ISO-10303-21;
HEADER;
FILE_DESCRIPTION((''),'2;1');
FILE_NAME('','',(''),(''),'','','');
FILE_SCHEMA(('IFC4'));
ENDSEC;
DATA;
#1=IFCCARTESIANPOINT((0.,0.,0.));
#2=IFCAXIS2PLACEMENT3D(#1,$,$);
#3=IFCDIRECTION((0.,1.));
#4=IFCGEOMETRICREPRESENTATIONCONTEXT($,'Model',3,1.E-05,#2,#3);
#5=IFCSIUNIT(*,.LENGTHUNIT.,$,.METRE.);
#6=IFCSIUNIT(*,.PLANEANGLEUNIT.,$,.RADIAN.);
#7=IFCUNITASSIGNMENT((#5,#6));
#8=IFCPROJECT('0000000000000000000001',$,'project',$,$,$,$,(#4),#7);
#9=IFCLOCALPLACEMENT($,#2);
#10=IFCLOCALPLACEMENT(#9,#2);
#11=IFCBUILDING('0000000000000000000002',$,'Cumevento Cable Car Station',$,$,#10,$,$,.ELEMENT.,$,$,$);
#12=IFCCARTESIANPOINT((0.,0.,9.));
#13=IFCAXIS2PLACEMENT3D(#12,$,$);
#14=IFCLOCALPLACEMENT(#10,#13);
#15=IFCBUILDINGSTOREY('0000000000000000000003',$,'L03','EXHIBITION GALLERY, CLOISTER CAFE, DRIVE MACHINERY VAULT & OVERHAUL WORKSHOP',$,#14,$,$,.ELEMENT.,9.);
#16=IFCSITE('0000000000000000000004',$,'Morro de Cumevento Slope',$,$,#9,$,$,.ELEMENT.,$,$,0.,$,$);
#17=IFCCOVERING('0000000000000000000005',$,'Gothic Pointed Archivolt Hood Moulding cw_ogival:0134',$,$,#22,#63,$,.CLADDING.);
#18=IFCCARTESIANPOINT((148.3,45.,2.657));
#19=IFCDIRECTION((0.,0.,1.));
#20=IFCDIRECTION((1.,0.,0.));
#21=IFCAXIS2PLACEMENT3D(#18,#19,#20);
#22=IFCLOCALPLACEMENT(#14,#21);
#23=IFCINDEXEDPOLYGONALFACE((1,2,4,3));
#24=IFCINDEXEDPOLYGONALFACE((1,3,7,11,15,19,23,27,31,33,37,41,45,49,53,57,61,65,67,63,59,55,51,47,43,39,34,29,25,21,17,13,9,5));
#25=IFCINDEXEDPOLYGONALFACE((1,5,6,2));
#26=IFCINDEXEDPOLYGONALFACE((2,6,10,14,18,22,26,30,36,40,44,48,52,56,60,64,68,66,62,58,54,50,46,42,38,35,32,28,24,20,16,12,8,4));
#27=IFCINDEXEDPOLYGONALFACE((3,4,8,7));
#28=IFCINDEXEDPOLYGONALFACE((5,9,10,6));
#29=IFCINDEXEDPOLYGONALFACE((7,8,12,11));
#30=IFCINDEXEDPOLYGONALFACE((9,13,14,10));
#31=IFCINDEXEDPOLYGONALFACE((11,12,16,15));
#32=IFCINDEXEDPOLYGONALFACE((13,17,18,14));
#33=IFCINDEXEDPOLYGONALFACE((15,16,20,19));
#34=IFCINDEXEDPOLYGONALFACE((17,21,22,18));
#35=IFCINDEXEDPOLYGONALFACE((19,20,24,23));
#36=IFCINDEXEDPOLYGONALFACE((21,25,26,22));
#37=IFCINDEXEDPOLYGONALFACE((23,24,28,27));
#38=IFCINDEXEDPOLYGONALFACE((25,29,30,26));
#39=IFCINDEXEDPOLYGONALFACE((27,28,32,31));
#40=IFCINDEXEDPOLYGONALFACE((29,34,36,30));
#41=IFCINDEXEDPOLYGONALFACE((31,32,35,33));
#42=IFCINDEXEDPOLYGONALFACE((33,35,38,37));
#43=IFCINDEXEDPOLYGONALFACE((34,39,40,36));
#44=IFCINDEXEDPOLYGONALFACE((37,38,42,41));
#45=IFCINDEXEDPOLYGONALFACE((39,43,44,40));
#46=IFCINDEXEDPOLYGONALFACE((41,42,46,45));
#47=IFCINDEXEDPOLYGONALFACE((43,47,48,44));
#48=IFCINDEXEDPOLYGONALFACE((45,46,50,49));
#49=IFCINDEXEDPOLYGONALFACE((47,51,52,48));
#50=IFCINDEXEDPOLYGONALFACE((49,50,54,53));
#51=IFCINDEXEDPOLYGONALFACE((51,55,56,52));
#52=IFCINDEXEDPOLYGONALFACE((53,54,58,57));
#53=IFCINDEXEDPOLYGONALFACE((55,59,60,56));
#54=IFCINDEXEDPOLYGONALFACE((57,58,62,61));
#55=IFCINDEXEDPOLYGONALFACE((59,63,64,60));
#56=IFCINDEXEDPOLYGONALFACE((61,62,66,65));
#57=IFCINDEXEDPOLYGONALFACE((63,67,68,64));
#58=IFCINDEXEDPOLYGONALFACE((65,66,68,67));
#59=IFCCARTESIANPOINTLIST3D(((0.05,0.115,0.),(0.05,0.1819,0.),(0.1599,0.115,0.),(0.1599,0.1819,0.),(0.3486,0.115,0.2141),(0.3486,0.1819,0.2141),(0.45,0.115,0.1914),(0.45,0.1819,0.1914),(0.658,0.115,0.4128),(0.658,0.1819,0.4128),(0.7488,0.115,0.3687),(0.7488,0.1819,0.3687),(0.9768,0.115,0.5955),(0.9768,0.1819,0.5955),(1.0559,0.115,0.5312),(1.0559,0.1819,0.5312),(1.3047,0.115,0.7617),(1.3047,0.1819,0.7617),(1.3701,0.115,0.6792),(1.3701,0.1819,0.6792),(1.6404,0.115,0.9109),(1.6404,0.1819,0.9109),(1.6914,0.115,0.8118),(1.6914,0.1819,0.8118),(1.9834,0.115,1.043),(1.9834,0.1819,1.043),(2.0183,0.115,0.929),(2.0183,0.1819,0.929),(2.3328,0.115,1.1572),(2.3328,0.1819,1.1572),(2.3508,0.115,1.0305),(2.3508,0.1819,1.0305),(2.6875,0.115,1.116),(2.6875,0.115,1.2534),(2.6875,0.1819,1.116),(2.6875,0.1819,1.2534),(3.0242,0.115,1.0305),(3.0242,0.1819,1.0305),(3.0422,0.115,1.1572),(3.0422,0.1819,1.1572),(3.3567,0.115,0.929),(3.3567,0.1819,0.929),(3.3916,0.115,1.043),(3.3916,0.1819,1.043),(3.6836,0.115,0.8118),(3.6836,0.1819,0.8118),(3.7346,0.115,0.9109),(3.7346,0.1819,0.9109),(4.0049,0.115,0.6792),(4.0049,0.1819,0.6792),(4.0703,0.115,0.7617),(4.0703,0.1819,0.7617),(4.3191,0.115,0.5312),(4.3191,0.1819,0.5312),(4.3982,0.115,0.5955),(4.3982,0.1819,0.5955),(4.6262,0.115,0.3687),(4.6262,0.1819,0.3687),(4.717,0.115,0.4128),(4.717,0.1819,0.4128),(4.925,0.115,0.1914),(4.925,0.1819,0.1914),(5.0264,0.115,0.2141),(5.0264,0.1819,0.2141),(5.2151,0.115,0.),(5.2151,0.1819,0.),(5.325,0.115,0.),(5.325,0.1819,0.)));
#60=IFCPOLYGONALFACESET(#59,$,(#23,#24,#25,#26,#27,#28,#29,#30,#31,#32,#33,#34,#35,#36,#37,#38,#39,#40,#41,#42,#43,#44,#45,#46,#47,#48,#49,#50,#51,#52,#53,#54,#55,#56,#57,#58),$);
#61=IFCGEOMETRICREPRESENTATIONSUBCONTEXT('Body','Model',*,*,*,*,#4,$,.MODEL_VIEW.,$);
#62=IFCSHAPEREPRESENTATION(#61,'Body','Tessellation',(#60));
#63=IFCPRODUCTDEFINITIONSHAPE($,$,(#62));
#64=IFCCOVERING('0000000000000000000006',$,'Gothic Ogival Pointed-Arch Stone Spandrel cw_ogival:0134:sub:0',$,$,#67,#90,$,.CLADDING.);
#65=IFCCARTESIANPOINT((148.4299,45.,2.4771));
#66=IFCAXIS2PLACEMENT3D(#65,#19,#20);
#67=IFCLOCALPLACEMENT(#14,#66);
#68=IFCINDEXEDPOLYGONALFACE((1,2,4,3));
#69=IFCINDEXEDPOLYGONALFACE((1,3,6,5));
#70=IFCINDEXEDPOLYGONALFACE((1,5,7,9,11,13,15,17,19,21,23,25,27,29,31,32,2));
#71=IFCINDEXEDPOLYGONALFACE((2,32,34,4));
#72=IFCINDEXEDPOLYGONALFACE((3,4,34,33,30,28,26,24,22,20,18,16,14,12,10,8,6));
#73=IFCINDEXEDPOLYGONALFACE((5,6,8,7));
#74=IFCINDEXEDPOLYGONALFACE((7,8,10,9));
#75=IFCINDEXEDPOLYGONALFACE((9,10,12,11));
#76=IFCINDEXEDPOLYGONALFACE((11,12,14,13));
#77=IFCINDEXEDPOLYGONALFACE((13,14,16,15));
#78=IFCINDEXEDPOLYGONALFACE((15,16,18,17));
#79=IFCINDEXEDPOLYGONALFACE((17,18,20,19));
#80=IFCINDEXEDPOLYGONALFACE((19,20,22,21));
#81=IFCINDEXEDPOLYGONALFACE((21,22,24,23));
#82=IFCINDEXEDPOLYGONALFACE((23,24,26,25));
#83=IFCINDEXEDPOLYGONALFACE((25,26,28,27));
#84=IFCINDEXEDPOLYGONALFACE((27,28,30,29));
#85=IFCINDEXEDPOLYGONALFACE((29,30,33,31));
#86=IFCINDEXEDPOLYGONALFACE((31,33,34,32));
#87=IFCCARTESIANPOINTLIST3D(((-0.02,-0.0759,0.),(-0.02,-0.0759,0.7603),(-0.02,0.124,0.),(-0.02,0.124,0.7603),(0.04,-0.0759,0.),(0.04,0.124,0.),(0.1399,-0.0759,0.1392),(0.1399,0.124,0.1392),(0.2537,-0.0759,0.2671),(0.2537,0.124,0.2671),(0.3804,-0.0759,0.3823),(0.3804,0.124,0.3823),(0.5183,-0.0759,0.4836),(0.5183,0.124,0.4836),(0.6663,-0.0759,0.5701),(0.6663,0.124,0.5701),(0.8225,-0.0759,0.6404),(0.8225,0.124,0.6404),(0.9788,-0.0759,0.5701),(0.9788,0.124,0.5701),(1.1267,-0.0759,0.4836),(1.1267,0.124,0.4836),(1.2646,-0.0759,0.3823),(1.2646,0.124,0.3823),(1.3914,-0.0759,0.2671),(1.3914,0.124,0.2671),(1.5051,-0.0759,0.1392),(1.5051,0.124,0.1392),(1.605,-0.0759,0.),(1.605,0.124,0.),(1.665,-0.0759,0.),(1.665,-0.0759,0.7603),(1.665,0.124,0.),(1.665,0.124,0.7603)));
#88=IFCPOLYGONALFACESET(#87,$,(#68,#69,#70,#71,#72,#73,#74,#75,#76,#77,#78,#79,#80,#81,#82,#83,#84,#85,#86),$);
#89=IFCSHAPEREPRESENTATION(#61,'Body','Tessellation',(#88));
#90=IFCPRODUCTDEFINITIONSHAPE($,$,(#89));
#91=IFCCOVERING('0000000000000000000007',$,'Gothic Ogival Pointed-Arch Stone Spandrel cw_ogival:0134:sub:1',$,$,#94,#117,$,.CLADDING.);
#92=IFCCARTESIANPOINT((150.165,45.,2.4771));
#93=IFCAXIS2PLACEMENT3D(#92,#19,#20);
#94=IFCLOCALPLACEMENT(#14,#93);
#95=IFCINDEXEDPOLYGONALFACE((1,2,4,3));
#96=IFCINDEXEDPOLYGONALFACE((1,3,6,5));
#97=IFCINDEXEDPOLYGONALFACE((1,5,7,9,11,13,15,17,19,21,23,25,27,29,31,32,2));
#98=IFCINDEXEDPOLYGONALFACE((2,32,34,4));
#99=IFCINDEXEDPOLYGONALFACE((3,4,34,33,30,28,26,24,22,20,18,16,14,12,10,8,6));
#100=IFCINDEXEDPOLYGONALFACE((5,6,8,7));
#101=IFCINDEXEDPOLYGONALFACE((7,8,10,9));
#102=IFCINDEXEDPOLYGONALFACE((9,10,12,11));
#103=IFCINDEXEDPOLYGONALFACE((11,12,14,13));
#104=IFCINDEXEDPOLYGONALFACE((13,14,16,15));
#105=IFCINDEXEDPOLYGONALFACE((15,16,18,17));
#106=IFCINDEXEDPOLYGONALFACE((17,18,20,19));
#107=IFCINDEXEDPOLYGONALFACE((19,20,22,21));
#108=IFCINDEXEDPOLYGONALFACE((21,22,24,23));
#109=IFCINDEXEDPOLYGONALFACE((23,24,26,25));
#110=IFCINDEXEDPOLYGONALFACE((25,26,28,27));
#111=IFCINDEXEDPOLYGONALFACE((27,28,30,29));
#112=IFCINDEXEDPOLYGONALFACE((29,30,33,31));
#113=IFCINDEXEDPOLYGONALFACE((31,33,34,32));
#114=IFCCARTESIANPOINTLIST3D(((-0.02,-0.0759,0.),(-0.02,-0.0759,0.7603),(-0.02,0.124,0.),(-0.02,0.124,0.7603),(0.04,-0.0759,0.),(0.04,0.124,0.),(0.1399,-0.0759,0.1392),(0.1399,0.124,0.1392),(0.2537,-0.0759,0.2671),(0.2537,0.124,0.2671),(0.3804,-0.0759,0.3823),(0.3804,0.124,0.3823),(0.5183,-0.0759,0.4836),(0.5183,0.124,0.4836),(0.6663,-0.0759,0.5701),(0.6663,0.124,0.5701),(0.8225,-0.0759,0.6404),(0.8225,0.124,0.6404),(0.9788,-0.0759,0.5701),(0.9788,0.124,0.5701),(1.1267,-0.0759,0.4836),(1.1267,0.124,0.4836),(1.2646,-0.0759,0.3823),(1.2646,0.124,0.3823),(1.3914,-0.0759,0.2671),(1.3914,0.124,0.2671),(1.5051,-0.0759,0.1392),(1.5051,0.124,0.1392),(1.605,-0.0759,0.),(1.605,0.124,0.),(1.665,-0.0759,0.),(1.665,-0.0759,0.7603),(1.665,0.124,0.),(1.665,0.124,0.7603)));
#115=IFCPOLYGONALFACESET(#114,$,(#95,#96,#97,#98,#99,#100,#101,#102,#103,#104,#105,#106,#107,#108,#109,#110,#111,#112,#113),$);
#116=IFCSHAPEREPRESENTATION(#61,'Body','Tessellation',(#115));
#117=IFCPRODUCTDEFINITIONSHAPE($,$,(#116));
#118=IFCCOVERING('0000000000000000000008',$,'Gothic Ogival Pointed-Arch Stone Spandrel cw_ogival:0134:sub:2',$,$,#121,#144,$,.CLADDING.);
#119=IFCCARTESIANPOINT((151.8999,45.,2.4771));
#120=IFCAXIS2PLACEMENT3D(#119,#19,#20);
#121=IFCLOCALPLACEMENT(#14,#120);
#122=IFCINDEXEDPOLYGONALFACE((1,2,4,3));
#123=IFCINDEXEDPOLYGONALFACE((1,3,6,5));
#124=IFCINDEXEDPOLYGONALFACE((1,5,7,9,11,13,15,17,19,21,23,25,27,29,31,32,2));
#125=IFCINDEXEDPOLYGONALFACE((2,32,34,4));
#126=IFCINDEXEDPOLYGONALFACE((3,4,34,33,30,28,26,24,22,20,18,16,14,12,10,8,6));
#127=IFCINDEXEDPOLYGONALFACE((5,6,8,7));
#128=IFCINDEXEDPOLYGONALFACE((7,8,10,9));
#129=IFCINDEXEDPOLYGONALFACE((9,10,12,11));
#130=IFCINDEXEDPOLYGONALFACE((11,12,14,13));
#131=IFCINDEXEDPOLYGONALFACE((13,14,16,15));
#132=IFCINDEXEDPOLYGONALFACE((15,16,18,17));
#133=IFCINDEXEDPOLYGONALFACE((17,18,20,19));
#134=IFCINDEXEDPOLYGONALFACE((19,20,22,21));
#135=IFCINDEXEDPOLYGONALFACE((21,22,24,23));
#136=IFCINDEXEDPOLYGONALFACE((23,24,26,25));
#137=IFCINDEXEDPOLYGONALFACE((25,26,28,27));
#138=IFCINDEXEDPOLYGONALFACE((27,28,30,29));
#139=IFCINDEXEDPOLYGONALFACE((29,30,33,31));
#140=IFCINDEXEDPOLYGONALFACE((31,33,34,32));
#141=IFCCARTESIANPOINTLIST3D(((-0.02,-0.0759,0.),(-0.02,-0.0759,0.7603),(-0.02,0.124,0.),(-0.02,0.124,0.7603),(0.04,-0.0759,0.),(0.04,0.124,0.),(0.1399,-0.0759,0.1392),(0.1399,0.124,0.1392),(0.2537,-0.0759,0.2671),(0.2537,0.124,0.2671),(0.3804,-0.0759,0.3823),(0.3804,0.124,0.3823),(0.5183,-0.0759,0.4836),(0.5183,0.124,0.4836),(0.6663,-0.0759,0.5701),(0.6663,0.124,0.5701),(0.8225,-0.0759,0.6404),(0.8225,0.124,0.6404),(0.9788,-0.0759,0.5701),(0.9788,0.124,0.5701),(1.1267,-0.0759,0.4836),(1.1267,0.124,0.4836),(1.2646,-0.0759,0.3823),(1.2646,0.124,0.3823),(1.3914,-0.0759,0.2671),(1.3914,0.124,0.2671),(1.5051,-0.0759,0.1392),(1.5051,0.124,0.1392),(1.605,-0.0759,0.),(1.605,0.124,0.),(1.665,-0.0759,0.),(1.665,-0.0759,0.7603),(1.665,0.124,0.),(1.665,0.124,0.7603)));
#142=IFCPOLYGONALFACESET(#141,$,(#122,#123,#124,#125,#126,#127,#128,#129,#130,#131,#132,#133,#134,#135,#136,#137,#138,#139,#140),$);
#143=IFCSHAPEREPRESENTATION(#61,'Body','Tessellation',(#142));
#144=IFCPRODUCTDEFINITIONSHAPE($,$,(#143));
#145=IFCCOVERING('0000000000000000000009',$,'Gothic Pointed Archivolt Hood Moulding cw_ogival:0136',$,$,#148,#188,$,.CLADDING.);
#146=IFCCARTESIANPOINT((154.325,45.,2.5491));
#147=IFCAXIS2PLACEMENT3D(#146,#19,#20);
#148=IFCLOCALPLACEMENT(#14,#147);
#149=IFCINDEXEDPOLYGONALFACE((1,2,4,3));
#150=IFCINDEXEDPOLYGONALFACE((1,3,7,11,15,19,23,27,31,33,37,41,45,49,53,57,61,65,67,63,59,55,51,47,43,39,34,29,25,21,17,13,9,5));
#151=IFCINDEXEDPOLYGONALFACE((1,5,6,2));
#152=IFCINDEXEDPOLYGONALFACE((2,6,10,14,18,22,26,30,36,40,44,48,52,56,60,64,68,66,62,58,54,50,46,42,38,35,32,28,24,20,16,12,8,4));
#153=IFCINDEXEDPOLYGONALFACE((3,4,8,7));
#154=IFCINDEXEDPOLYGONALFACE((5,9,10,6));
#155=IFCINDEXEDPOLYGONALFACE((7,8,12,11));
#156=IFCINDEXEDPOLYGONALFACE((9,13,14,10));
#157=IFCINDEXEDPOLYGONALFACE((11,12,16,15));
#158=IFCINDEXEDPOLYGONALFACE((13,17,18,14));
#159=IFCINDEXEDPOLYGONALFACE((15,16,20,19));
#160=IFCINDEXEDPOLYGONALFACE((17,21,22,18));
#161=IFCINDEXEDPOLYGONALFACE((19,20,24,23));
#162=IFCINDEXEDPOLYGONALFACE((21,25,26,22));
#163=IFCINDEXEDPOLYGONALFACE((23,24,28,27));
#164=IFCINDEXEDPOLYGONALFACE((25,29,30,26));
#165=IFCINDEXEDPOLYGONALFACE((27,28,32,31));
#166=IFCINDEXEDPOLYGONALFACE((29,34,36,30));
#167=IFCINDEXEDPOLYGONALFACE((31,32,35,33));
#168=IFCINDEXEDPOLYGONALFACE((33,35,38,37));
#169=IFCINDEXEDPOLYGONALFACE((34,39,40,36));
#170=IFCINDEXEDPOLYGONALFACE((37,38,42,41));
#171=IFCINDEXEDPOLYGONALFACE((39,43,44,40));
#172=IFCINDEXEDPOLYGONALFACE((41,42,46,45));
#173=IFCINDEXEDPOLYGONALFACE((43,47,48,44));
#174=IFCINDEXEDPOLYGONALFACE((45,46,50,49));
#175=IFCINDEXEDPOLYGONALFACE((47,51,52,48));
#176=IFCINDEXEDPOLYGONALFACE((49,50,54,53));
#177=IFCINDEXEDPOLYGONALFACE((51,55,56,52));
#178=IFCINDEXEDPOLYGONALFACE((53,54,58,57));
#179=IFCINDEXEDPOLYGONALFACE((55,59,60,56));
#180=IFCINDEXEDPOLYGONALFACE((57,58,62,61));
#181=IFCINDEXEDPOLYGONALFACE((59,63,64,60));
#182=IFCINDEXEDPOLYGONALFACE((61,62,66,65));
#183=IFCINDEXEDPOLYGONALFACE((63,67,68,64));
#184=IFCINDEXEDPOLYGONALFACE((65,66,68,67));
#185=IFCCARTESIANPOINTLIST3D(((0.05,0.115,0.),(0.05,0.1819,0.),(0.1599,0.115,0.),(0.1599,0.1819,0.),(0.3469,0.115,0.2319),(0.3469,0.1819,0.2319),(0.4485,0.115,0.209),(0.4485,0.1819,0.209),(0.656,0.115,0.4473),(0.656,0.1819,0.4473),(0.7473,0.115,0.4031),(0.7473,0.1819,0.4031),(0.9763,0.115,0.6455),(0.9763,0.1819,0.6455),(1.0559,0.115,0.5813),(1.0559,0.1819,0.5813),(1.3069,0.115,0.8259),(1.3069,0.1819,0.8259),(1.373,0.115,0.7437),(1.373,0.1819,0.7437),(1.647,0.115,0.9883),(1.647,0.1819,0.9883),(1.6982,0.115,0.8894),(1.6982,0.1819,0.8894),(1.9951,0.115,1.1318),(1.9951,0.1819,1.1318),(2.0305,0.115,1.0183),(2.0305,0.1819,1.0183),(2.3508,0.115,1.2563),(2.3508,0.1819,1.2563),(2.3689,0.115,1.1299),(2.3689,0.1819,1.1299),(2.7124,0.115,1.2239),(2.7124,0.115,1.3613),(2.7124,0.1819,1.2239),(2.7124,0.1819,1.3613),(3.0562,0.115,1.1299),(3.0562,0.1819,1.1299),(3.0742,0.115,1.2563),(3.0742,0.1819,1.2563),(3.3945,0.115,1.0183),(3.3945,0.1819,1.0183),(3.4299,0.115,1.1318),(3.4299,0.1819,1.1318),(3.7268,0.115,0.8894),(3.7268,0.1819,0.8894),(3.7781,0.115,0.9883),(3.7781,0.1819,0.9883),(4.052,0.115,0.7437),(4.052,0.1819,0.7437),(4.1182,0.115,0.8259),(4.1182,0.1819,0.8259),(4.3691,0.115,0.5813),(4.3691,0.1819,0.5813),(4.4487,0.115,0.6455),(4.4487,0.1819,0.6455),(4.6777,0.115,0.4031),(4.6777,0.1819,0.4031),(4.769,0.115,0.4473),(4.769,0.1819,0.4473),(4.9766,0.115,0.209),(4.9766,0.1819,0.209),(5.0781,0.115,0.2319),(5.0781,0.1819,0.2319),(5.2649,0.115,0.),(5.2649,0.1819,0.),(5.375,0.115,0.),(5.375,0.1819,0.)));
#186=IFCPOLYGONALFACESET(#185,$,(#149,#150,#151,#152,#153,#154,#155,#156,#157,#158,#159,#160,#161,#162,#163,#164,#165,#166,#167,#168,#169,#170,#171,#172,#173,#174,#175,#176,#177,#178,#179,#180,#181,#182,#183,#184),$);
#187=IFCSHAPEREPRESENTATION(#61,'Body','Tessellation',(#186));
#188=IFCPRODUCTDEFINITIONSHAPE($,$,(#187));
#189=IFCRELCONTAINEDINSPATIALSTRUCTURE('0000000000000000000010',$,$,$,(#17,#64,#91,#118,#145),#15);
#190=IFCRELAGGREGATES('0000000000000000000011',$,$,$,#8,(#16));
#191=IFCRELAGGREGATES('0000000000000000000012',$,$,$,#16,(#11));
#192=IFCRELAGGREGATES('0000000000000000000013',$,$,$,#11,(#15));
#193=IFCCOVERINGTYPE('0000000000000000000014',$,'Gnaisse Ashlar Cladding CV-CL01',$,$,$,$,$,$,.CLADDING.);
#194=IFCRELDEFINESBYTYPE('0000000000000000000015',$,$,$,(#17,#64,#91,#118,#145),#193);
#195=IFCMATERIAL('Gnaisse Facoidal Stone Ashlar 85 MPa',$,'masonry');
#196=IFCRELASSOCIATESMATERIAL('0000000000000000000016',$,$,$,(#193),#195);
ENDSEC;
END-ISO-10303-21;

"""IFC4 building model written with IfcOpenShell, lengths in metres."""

from ifc_helpers import new_model, si_unit, direction, frame, origin, place, context, subcontext, project, spatial, polyline, outline, extrude, material, type_object, element, save


model = new_model("IFC4")

# Units and contexts
model_context = context("Model", 3, precision=1e-05, world=origin(), true_north=direction((0.0, 1.0)))
body_context = subcontext(model_context, "Body", "Model", "MODEL_VIEW")
ifc_project = project(units=[si_unit("LENGTHUNIT", "METRE"), si_unit("PLANEANGLEUNIT", "RADIAN")], contexts=[model_context])

# Site, building, storey
site_placement = place(None, origin())
site = spatial("IfcSite", under=ifc_project, at=site_placement, Name="Morro de Cumevento Slope", CompositionType="ELEMENT", RefElevation=0.0)
building_placement = place(site_placement, origin())
building = spatial("IfcBuilding", under=site, at=building_placement, Name="Cumevento Cable Car Station", CompositionType="ELEMENT")
storey_placement = place(building_placement, frame((0.0, 0.0, 9.0)))
storey = spatial("IfcBuildingStorey", under=building, at=storey_placement, Name="L03", Description="EXHIBITION GALLERY, CLOISTER CAFE, DRIVE MACHINERY VAULT & OVERHAUL WORKSHOP", CompositionType="ELEMENT", Elevation=9.0)

# Coverings
ifc_material_1 = material(Name="Gnaisse Facoidal Stone Ashlar 85 MPa", Category="masonry")
covering_type = type_object("IfcCoveringType", Name="Gnaisse Ashlar Cladding CV-CL01", PredefinedType="CLADDING", material=ifc_material_1)
covering_1_placement = place(storey_placement, frame((148.3, 45.0, 2.657), z_axis=(0.0, 0.0, 1.0), x_axis=(1.0, 0.0, 0.0)))
element("IfcCovering", 1, at=covering_1_placement, inside=storey, type_object=covering_type, Name="Gothic Pointed Archivolt Hood Moulding cw_ogival:0134", PredefinedType="CLADDING", context=body_context, shape_type="SweptSolid", body=[
    extrude(outline(polyline([(0.1599, 0.0), (0.45, 0.1914), (0.7488, 0.3687), (1.0559, 0.5312), (1.3701, 0.6792), (1.6914, 0.8118), (2.0183, 0.929), (2.3508, 1.0305), (2.6875, 1.116), (3.0242, 1.0305), (3.3567, 0.929), (3.6836, 0.8118), (4.0049, 0.6792), (4.3191, 0.5312), (4.6262, 0.3687), (4.925, 0.1914), (5.2151, 0.0), (5.325, 0.0), (5.0264, 0.2141), (4.717, 0.4128), (4.3982, 0.5955), (4.0703, 0.7617), (3.7346, 0.9109), (3.3916, 1.043), (3.0422, 1.1572), (2.6875, 1.2534), (2.3328, 1.1572), (1.9834, 1.043), (1.6404, 0.9109), (1.3047, 0.7617), (0.9768, 0.5955), (0.658, 0.4128), (0.3486, 0.2141), (0.05, 0.0), (0.1599, 0.0)])), frame((0.0, 0.1819, 0.0), z_axis=(0.0, -1.0, 0.0), x_axis=(1.0, 0.0, 0.0)), (0.0, 0.0, 1.0), 0.0669),
])
for number, where, z_axis, x_axis, name in (
    (2, (148.4299, 45.0, 2.4771), (0.0, 0.0, 1.0), (1.0, 0.0, 0.0), "Gothic Ogival Pointed-Arch Stone Spandrel cw_ogival:0134:sub:0"),
    (3, (150.165, 45.0, 2.4771), (0.0, 0.0, 1.0), (1.0, 0.0, 0.0), "Gothic Ogival Pointed-Arch Stone Spandrel cw_ogival:0134:sub:1"),
    (4, (151.8999, 45.0, 2.4771), (0.0, 0.0, 1.0), (1.0, 0.0, 0.0), "Gothic Ogival Pointed-Arch Stone Spandrel cw_ogival:0134:sub:2"),
):
    element("IfcCovering", number, at=place(storey_placement, frame(where, z_axis=z_axis, x_axis=x_axis)), inside=storey, type_object=covering_type, Name=name, PredefinedType="CLADDING", context=body_context, shape_type="SweptSolid", body=[
        extrude(outline(polyline([(-0.02, 0.0), (-0.02, 0.7603), (1.665, 0.7603), (1.665, 0.0), (1.605, 0.0), (1.5051, 0.1392), (1.3914, 0.2671), (1.2646, 0.3823), (1.1267, 0.4836), (0.9788, 0.5701), (0.8225, 0.6404), (0.6663, 0.5701), (0.5183, 0.4836), (0.3804, 0.3823), (0.2537, 0.2671), (0.1399, 0.1392), (0.04, 0.0), (-0.02, 0.0)])), frame((0.0, 0.124, 0.0), z_axis=(0.0, -1.0, 0.0), x_axis=(1.0, 0.0, 0.0)), (0.0, 0.0, 1.0), 0.2),
    ])
covering_2_placement = place(storey_placement, frame((154.325, 45.0, 2.5491), z_axis=(0.0, 0.0, 1.0), x_axis=(1.0, 0.0, 0.0)))
element("IfcCovering", 5, at=covering_2_placement, inside=storey, type_object=covering_type, Name="Gothic Pointed Archivolt Hood Moulding cw_ogival:0136", PredefinedType="CLADDING", context=body_context, shape_type="SweptSolid", body=[
    extrude(outline(polyline([(0.1599, 0.0), (0.4485, 0.209), (0.7473, 0.4031), (1.0559, 0.5813), (1.373, 0.7437), (1.6982, 0.8894), (2.0305, 1.0183), (2.3689, 1.1299), (2.7124, 1.2239), (3.0562, 1.1299), (3.3945, 1.0183), (3.7268, 0.8894), (4.052, 0.7437), (4.3691, 0.5813), (4.6777, 0.4031), (4.9766, 0.209), (5.2649, 0.0), (5.375, 0.0), (5.0781, 0.2319), (4.769, 0.4473), (4.4487, 0.6455), (4.1182, 0.8259), (3.7781, 0.9883), (3.4299, 1.1318), (3.0742, 1.2563), (2.7124, 1.3613), (2.3508, 1.2563), (1.9951, 1.1318), (1.647, 0.9883), (1.3069, 0.8259), (0.9763, 0.6455), (0.656, 0.4473), (0.3469, 0.2319), (0.05, 0.0), (0.1599, 0.0)])), frame((0.0, 0.1819, 0.0), z_axis=(0.0, -1.0, 0.0), x_axis=(1.0, 0.0, 0.0)), (0.0, 0.0, 1.0), 0.0669),
])

save(model, "model.ifc")
